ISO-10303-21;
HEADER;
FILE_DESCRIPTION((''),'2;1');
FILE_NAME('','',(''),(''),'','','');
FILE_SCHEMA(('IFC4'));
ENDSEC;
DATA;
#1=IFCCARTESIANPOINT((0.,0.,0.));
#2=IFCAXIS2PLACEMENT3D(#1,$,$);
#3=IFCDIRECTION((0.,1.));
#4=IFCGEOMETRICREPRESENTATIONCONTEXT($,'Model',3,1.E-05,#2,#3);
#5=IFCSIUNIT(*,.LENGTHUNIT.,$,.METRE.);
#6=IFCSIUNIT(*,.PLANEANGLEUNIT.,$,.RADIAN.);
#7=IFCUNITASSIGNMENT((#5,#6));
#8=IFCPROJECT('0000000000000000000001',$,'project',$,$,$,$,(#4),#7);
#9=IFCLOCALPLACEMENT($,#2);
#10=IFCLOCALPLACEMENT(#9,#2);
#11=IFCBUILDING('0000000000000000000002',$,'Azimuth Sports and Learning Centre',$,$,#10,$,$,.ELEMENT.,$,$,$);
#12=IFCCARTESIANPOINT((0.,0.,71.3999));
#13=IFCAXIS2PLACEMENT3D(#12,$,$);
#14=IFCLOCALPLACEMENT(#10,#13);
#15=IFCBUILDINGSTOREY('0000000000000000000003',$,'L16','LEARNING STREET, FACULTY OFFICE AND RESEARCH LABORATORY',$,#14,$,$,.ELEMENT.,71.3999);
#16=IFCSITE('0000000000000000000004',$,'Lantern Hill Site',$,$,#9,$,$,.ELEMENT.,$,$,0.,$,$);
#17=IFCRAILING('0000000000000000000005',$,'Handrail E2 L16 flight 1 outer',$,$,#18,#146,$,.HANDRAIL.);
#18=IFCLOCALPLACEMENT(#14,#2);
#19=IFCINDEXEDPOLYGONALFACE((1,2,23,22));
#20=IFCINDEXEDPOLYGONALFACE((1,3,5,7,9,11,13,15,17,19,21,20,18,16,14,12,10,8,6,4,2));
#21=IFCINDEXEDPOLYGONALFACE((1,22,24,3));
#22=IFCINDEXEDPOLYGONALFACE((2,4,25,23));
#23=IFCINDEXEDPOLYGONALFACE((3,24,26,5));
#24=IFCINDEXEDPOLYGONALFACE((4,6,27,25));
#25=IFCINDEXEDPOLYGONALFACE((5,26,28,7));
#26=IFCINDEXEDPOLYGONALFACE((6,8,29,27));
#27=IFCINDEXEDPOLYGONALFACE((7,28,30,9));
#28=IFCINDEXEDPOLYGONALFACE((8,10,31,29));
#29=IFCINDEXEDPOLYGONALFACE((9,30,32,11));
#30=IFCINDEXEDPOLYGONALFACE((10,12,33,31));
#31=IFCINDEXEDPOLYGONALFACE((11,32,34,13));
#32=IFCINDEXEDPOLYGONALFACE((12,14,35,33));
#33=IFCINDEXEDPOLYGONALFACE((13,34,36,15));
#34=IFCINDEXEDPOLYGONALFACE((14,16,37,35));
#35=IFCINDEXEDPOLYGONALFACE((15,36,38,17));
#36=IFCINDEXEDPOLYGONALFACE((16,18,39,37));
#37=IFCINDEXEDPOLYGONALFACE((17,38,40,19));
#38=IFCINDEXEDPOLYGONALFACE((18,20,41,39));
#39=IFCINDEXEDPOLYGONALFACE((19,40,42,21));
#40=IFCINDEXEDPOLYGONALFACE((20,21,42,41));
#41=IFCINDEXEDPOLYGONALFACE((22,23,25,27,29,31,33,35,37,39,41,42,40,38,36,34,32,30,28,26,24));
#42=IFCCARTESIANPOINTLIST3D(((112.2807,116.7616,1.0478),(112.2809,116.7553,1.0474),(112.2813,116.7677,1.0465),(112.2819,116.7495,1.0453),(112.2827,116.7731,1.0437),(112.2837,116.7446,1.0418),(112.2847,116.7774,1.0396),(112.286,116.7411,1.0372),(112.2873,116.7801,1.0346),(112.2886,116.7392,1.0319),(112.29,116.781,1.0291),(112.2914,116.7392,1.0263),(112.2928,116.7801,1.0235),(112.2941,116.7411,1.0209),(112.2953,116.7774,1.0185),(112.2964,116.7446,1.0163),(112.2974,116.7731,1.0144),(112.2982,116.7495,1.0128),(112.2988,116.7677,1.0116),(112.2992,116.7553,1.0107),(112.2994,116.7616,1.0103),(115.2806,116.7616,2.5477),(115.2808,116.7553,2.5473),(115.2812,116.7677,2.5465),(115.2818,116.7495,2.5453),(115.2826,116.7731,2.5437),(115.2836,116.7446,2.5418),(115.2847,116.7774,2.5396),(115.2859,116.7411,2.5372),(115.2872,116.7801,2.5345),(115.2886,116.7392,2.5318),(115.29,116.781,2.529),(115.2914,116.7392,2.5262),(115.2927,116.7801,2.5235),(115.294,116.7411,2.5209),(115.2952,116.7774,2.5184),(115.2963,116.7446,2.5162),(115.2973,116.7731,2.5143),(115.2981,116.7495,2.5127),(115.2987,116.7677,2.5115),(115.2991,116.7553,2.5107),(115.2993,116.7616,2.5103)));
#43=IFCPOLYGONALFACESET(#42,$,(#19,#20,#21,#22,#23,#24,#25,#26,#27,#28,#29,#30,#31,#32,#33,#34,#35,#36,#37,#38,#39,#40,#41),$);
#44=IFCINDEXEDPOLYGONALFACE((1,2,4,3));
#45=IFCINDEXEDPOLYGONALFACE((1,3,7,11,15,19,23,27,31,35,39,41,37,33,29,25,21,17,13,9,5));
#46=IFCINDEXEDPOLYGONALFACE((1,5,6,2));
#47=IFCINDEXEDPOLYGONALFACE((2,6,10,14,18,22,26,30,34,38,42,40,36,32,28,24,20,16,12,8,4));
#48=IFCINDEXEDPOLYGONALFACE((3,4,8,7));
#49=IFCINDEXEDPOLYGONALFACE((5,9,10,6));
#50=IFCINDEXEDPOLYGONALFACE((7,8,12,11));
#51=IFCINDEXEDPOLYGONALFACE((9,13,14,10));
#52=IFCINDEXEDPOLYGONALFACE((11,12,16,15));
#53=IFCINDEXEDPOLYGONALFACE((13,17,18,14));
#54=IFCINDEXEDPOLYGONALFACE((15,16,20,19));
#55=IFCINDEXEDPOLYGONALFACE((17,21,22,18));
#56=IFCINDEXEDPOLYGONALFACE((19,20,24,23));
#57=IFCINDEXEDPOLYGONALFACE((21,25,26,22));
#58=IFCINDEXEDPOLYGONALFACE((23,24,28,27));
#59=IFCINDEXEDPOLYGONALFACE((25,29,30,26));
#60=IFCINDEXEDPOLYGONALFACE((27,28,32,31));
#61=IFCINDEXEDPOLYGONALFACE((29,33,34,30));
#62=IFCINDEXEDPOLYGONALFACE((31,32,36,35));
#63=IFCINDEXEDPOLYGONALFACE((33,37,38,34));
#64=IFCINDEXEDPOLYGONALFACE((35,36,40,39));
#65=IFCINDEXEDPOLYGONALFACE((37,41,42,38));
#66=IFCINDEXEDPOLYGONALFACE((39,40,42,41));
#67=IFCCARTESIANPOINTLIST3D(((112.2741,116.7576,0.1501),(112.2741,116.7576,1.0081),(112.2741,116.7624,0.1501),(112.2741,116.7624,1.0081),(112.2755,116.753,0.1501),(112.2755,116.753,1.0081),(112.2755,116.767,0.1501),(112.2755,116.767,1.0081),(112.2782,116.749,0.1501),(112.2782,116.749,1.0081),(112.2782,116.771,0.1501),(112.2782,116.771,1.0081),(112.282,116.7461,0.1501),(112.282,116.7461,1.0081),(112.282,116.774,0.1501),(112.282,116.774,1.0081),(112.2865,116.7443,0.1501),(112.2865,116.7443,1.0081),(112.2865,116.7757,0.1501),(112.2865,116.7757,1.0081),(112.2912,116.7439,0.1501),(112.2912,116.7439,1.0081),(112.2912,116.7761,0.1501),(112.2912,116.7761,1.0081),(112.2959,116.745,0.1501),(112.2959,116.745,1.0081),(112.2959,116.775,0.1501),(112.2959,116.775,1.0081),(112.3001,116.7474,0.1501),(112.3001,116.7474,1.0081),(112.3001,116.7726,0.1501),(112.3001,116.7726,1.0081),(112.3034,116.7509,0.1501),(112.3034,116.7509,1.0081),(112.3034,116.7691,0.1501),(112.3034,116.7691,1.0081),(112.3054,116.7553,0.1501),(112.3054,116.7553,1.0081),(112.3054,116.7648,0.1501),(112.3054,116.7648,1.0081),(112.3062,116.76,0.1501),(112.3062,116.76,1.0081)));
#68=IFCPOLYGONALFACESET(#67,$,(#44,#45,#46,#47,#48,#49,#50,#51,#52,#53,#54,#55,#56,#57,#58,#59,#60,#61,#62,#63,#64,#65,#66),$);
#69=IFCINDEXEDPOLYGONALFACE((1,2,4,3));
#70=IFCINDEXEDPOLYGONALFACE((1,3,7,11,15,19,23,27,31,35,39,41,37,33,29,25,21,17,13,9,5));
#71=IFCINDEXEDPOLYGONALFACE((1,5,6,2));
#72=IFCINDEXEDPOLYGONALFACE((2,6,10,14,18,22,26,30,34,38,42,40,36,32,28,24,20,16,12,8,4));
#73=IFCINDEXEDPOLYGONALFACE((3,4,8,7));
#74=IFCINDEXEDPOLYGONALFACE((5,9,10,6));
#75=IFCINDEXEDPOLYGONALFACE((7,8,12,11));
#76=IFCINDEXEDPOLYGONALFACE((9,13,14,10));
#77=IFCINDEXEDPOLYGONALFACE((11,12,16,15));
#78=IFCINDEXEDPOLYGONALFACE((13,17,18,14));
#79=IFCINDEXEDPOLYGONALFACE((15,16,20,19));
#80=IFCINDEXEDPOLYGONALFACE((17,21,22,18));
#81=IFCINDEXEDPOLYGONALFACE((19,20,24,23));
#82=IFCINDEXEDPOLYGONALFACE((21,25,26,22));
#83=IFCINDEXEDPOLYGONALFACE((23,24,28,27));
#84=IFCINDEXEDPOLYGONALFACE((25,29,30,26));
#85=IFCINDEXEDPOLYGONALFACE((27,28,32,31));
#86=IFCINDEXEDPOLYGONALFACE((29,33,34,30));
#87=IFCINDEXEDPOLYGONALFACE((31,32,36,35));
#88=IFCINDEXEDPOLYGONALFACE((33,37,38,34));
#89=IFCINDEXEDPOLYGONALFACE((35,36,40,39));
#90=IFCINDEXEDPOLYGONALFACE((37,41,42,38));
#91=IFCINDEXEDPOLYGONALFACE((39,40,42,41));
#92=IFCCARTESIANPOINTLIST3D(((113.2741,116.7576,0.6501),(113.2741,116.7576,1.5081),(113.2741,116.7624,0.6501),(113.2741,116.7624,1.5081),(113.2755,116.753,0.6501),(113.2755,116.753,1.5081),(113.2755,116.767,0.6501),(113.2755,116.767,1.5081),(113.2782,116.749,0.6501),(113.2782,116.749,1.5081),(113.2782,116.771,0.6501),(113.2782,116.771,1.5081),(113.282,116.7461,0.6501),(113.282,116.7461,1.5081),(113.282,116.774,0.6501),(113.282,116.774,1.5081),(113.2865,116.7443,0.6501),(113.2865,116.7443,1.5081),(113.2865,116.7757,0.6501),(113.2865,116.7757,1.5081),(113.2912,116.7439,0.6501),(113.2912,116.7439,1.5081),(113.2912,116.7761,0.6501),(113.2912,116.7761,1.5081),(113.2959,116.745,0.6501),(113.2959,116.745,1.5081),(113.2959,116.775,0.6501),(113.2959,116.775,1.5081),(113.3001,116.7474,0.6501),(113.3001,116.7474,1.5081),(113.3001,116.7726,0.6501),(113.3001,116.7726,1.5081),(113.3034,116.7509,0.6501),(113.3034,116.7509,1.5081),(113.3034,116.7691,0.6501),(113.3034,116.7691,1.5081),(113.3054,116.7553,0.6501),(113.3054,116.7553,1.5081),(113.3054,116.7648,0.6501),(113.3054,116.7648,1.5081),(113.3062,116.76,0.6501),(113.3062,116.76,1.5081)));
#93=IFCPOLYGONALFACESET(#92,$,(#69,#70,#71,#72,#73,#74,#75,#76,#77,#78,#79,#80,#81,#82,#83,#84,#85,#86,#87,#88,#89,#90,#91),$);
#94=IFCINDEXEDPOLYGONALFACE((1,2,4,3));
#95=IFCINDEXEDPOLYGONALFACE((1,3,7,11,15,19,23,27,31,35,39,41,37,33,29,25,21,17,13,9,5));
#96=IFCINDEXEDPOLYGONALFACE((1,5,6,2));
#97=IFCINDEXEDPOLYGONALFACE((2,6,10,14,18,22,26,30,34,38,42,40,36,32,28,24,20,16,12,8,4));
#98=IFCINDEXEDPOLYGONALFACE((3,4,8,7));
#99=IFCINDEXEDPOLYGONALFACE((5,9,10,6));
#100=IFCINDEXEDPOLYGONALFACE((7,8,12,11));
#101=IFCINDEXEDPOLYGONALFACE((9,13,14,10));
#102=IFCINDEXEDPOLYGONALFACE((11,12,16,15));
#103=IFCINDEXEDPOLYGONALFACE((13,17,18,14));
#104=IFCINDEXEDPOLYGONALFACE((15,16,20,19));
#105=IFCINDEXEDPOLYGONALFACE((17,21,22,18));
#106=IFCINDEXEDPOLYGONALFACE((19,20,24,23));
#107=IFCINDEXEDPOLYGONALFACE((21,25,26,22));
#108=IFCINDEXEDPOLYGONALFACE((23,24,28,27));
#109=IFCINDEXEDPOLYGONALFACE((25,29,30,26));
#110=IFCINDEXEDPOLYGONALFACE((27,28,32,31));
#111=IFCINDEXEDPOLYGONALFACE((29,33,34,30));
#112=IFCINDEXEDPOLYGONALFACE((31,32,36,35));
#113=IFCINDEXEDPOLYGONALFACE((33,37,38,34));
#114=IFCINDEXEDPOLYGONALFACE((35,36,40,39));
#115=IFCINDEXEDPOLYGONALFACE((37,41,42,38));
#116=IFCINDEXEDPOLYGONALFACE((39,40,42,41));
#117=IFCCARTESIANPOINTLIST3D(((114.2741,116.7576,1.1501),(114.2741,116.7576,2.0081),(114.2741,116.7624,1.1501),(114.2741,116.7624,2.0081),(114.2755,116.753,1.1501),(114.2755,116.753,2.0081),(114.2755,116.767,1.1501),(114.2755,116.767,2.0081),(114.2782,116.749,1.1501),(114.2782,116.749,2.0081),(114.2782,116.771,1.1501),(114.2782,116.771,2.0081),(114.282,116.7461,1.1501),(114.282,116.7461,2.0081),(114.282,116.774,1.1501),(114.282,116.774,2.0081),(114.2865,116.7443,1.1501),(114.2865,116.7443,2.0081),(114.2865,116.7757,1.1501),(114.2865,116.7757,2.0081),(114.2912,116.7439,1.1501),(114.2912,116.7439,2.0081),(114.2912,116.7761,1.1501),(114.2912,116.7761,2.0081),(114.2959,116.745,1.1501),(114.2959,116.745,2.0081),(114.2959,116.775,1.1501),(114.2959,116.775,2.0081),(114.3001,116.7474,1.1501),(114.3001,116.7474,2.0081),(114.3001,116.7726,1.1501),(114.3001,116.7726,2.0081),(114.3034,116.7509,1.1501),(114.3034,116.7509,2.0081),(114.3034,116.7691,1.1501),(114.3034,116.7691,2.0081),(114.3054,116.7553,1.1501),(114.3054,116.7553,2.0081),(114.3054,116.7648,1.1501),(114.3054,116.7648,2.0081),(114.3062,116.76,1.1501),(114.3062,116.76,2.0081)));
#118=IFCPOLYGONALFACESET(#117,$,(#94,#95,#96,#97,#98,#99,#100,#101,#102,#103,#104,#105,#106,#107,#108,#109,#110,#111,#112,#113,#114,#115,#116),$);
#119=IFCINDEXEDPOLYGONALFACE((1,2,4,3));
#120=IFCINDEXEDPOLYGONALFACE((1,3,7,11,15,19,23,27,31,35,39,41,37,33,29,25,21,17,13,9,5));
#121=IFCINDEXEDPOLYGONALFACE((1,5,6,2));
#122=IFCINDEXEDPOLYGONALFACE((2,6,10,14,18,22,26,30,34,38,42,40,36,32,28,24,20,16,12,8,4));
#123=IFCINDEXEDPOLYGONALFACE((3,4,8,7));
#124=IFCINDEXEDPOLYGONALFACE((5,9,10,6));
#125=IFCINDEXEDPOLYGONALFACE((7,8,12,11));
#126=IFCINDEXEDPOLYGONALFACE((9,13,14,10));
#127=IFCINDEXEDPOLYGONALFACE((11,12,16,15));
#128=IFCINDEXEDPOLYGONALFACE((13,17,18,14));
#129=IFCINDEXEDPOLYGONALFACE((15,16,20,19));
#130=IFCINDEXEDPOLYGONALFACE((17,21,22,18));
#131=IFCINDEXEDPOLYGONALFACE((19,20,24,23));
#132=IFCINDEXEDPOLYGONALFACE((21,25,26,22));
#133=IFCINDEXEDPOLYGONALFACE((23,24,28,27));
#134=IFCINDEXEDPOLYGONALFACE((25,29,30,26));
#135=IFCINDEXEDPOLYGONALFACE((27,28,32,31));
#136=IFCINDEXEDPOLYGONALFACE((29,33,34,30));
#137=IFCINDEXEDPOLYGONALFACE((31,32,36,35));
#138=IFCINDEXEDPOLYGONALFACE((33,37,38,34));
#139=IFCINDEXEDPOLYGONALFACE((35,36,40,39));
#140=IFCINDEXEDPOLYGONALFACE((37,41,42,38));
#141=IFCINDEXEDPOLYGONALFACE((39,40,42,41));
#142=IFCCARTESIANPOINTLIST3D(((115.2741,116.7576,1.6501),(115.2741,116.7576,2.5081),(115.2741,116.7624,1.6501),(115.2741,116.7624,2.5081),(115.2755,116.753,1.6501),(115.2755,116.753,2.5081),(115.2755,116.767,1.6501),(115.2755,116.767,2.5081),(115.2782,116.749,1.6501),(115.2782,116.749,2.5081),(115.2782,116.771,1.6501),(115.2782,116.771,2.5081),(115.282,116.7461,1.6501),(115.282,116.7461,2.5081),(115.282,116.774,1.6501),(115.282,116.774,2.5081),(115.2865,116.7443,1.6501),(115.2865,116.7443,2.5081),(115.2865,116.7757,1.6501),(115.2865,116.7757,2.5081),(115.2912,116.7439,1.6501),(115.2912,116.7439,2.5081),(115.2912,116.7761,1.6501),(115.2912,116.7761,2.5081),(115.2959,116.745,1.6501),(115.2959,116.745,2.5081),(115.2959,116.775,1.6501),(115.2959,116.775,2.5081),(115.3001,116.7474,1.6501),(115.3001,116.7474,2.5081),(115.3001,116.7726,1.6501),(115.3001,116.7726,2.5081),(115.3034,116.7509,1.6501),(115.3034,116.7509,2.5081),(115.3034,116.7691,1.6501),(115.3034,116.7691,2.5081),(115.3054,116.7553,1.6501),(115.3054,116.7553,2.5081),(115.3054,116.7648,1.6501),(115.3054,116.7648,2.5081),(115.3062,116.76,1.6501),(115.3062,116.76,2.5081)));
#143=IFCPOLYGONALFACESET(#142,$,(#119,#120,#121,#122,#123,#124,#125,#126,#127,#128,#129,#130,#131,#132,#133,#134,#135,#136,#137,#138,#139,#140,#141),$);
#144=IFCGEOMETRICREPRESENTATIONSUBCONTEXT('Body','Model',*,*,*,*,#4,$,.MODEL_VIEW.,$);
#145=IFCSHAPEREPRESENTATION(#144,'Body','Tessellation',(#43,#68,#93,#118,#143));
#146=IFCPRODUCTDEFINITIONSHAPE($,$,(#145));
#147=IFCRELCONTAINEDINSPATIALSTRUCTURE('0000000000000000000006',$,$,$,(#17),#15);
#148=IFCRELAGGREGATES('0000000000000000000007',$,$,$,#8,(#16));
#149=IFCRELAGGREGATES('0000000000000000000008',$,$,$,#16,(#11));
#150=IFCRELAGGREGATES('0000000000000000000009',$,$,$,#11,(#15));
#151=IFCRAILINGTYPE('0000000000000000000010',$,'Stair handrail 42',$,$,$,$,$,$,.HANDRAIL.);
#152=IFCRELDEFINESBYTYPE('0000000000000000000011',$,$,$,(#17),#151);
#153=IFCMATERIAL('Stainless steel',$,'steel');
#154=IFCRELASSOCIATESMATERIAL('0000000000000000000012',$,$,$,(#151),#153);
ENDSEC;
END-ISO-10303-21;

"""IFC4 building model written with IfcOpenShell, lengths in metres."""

from ifc_helpers import new_model, si_unit, direction, frame, origin, origin_2d, place, context, subcontext, project, spatial, circle, extrude, material, type_object, element, save


model = new_model("IFC4")

# Units and contexts
model_context = context("Model", 3, precision=1e-05, world=origin(), true_north=direction((0.0, 1.0)))
body_context = subcontext(model_context, "Body", "Model", "MODEL_VIEW")
ifc_project = project(units=[si_unit("LENGTHUNIT", "METRE"), si_unit("PLANEANGLEUNIT", "RADIAN")], contexts=[model_context])

# Site, building, storey
site_placement = place(None, origin())
site = spatial("IfcSite", under=ifc_project, at=site_placement, Name="Lantern Hill Site", CompositionType="ELEMENT", RefElevation=0.0)
building_placement = place(site_placement, origin())
building = spatial("IfcBuilding", under=site, at=building_placement, Name="Azimuth Sports and Learning Centre", CompositionType="ELEMENT")
storey_placement = place(building_placement, frame((0.0, 0.0, 71.3999)))
storey = spatial("IfcBuildingStorey", under=building, at=storey_placement, Name="L16", Description="LEARNING STREET, FACULTY OFFICE AND RESEARCH LABORATORY", CompositionType="ELEMENT", Elevation=71.3999)

# Railing
ifc_material_1 = material(Name="Stainless steel", Category="steel")
railing_type_1 = type_object("IfcRailingType", Name="Stair handrail 42", PredefinedType="HANDRAIL", material=ifc_material_1)
for number, where, name in (
    (1, (112.29, 116.76, 0.1501), "Handrail E2 L16 flight 1 outer"),
):
    element("IfcRailing", number, at=place(storey_placement, frame(where)), inside=storey, type_object=railing_type_1, Name=name, PredefinedType="HANDRAIL", context=body_context, shape_type="SweptSolid", body=[
        extrude(circle(Radius=0.021, at=origin_2d()), frame((0.0, 0.0, 0.8789), z_axis=(0.894427, 0.0, 0.447214), x_axis=(0.0, 1.0, 0.0)), (0.0, 0.0, 1.0), 3.354),
        extrude(circle(Radius=0.0161, at=origin_2d()), origin(), (0.0, 0.0, 1.0), 0.8579),
        extrude(circle(Radius=0.0161, at=origin_2d()), frame((1.0, 0.0, 0.5)), (0.0, 0.0, 1.0), 0.8579),
        extrude(circle(Radius=0.0161, at=origin_2d()), frame((2.0, 0.0, 1.0)), (0.0, 0.0, 1.0), 0.8579),
        extrude(circle(Radius=0.0161, at=origin_2d()), frame((3.0, 0.0, 1.5)), (0.0, 0.0, 1.0), 0.8579),
    ])

save(model, "model.ifc")
